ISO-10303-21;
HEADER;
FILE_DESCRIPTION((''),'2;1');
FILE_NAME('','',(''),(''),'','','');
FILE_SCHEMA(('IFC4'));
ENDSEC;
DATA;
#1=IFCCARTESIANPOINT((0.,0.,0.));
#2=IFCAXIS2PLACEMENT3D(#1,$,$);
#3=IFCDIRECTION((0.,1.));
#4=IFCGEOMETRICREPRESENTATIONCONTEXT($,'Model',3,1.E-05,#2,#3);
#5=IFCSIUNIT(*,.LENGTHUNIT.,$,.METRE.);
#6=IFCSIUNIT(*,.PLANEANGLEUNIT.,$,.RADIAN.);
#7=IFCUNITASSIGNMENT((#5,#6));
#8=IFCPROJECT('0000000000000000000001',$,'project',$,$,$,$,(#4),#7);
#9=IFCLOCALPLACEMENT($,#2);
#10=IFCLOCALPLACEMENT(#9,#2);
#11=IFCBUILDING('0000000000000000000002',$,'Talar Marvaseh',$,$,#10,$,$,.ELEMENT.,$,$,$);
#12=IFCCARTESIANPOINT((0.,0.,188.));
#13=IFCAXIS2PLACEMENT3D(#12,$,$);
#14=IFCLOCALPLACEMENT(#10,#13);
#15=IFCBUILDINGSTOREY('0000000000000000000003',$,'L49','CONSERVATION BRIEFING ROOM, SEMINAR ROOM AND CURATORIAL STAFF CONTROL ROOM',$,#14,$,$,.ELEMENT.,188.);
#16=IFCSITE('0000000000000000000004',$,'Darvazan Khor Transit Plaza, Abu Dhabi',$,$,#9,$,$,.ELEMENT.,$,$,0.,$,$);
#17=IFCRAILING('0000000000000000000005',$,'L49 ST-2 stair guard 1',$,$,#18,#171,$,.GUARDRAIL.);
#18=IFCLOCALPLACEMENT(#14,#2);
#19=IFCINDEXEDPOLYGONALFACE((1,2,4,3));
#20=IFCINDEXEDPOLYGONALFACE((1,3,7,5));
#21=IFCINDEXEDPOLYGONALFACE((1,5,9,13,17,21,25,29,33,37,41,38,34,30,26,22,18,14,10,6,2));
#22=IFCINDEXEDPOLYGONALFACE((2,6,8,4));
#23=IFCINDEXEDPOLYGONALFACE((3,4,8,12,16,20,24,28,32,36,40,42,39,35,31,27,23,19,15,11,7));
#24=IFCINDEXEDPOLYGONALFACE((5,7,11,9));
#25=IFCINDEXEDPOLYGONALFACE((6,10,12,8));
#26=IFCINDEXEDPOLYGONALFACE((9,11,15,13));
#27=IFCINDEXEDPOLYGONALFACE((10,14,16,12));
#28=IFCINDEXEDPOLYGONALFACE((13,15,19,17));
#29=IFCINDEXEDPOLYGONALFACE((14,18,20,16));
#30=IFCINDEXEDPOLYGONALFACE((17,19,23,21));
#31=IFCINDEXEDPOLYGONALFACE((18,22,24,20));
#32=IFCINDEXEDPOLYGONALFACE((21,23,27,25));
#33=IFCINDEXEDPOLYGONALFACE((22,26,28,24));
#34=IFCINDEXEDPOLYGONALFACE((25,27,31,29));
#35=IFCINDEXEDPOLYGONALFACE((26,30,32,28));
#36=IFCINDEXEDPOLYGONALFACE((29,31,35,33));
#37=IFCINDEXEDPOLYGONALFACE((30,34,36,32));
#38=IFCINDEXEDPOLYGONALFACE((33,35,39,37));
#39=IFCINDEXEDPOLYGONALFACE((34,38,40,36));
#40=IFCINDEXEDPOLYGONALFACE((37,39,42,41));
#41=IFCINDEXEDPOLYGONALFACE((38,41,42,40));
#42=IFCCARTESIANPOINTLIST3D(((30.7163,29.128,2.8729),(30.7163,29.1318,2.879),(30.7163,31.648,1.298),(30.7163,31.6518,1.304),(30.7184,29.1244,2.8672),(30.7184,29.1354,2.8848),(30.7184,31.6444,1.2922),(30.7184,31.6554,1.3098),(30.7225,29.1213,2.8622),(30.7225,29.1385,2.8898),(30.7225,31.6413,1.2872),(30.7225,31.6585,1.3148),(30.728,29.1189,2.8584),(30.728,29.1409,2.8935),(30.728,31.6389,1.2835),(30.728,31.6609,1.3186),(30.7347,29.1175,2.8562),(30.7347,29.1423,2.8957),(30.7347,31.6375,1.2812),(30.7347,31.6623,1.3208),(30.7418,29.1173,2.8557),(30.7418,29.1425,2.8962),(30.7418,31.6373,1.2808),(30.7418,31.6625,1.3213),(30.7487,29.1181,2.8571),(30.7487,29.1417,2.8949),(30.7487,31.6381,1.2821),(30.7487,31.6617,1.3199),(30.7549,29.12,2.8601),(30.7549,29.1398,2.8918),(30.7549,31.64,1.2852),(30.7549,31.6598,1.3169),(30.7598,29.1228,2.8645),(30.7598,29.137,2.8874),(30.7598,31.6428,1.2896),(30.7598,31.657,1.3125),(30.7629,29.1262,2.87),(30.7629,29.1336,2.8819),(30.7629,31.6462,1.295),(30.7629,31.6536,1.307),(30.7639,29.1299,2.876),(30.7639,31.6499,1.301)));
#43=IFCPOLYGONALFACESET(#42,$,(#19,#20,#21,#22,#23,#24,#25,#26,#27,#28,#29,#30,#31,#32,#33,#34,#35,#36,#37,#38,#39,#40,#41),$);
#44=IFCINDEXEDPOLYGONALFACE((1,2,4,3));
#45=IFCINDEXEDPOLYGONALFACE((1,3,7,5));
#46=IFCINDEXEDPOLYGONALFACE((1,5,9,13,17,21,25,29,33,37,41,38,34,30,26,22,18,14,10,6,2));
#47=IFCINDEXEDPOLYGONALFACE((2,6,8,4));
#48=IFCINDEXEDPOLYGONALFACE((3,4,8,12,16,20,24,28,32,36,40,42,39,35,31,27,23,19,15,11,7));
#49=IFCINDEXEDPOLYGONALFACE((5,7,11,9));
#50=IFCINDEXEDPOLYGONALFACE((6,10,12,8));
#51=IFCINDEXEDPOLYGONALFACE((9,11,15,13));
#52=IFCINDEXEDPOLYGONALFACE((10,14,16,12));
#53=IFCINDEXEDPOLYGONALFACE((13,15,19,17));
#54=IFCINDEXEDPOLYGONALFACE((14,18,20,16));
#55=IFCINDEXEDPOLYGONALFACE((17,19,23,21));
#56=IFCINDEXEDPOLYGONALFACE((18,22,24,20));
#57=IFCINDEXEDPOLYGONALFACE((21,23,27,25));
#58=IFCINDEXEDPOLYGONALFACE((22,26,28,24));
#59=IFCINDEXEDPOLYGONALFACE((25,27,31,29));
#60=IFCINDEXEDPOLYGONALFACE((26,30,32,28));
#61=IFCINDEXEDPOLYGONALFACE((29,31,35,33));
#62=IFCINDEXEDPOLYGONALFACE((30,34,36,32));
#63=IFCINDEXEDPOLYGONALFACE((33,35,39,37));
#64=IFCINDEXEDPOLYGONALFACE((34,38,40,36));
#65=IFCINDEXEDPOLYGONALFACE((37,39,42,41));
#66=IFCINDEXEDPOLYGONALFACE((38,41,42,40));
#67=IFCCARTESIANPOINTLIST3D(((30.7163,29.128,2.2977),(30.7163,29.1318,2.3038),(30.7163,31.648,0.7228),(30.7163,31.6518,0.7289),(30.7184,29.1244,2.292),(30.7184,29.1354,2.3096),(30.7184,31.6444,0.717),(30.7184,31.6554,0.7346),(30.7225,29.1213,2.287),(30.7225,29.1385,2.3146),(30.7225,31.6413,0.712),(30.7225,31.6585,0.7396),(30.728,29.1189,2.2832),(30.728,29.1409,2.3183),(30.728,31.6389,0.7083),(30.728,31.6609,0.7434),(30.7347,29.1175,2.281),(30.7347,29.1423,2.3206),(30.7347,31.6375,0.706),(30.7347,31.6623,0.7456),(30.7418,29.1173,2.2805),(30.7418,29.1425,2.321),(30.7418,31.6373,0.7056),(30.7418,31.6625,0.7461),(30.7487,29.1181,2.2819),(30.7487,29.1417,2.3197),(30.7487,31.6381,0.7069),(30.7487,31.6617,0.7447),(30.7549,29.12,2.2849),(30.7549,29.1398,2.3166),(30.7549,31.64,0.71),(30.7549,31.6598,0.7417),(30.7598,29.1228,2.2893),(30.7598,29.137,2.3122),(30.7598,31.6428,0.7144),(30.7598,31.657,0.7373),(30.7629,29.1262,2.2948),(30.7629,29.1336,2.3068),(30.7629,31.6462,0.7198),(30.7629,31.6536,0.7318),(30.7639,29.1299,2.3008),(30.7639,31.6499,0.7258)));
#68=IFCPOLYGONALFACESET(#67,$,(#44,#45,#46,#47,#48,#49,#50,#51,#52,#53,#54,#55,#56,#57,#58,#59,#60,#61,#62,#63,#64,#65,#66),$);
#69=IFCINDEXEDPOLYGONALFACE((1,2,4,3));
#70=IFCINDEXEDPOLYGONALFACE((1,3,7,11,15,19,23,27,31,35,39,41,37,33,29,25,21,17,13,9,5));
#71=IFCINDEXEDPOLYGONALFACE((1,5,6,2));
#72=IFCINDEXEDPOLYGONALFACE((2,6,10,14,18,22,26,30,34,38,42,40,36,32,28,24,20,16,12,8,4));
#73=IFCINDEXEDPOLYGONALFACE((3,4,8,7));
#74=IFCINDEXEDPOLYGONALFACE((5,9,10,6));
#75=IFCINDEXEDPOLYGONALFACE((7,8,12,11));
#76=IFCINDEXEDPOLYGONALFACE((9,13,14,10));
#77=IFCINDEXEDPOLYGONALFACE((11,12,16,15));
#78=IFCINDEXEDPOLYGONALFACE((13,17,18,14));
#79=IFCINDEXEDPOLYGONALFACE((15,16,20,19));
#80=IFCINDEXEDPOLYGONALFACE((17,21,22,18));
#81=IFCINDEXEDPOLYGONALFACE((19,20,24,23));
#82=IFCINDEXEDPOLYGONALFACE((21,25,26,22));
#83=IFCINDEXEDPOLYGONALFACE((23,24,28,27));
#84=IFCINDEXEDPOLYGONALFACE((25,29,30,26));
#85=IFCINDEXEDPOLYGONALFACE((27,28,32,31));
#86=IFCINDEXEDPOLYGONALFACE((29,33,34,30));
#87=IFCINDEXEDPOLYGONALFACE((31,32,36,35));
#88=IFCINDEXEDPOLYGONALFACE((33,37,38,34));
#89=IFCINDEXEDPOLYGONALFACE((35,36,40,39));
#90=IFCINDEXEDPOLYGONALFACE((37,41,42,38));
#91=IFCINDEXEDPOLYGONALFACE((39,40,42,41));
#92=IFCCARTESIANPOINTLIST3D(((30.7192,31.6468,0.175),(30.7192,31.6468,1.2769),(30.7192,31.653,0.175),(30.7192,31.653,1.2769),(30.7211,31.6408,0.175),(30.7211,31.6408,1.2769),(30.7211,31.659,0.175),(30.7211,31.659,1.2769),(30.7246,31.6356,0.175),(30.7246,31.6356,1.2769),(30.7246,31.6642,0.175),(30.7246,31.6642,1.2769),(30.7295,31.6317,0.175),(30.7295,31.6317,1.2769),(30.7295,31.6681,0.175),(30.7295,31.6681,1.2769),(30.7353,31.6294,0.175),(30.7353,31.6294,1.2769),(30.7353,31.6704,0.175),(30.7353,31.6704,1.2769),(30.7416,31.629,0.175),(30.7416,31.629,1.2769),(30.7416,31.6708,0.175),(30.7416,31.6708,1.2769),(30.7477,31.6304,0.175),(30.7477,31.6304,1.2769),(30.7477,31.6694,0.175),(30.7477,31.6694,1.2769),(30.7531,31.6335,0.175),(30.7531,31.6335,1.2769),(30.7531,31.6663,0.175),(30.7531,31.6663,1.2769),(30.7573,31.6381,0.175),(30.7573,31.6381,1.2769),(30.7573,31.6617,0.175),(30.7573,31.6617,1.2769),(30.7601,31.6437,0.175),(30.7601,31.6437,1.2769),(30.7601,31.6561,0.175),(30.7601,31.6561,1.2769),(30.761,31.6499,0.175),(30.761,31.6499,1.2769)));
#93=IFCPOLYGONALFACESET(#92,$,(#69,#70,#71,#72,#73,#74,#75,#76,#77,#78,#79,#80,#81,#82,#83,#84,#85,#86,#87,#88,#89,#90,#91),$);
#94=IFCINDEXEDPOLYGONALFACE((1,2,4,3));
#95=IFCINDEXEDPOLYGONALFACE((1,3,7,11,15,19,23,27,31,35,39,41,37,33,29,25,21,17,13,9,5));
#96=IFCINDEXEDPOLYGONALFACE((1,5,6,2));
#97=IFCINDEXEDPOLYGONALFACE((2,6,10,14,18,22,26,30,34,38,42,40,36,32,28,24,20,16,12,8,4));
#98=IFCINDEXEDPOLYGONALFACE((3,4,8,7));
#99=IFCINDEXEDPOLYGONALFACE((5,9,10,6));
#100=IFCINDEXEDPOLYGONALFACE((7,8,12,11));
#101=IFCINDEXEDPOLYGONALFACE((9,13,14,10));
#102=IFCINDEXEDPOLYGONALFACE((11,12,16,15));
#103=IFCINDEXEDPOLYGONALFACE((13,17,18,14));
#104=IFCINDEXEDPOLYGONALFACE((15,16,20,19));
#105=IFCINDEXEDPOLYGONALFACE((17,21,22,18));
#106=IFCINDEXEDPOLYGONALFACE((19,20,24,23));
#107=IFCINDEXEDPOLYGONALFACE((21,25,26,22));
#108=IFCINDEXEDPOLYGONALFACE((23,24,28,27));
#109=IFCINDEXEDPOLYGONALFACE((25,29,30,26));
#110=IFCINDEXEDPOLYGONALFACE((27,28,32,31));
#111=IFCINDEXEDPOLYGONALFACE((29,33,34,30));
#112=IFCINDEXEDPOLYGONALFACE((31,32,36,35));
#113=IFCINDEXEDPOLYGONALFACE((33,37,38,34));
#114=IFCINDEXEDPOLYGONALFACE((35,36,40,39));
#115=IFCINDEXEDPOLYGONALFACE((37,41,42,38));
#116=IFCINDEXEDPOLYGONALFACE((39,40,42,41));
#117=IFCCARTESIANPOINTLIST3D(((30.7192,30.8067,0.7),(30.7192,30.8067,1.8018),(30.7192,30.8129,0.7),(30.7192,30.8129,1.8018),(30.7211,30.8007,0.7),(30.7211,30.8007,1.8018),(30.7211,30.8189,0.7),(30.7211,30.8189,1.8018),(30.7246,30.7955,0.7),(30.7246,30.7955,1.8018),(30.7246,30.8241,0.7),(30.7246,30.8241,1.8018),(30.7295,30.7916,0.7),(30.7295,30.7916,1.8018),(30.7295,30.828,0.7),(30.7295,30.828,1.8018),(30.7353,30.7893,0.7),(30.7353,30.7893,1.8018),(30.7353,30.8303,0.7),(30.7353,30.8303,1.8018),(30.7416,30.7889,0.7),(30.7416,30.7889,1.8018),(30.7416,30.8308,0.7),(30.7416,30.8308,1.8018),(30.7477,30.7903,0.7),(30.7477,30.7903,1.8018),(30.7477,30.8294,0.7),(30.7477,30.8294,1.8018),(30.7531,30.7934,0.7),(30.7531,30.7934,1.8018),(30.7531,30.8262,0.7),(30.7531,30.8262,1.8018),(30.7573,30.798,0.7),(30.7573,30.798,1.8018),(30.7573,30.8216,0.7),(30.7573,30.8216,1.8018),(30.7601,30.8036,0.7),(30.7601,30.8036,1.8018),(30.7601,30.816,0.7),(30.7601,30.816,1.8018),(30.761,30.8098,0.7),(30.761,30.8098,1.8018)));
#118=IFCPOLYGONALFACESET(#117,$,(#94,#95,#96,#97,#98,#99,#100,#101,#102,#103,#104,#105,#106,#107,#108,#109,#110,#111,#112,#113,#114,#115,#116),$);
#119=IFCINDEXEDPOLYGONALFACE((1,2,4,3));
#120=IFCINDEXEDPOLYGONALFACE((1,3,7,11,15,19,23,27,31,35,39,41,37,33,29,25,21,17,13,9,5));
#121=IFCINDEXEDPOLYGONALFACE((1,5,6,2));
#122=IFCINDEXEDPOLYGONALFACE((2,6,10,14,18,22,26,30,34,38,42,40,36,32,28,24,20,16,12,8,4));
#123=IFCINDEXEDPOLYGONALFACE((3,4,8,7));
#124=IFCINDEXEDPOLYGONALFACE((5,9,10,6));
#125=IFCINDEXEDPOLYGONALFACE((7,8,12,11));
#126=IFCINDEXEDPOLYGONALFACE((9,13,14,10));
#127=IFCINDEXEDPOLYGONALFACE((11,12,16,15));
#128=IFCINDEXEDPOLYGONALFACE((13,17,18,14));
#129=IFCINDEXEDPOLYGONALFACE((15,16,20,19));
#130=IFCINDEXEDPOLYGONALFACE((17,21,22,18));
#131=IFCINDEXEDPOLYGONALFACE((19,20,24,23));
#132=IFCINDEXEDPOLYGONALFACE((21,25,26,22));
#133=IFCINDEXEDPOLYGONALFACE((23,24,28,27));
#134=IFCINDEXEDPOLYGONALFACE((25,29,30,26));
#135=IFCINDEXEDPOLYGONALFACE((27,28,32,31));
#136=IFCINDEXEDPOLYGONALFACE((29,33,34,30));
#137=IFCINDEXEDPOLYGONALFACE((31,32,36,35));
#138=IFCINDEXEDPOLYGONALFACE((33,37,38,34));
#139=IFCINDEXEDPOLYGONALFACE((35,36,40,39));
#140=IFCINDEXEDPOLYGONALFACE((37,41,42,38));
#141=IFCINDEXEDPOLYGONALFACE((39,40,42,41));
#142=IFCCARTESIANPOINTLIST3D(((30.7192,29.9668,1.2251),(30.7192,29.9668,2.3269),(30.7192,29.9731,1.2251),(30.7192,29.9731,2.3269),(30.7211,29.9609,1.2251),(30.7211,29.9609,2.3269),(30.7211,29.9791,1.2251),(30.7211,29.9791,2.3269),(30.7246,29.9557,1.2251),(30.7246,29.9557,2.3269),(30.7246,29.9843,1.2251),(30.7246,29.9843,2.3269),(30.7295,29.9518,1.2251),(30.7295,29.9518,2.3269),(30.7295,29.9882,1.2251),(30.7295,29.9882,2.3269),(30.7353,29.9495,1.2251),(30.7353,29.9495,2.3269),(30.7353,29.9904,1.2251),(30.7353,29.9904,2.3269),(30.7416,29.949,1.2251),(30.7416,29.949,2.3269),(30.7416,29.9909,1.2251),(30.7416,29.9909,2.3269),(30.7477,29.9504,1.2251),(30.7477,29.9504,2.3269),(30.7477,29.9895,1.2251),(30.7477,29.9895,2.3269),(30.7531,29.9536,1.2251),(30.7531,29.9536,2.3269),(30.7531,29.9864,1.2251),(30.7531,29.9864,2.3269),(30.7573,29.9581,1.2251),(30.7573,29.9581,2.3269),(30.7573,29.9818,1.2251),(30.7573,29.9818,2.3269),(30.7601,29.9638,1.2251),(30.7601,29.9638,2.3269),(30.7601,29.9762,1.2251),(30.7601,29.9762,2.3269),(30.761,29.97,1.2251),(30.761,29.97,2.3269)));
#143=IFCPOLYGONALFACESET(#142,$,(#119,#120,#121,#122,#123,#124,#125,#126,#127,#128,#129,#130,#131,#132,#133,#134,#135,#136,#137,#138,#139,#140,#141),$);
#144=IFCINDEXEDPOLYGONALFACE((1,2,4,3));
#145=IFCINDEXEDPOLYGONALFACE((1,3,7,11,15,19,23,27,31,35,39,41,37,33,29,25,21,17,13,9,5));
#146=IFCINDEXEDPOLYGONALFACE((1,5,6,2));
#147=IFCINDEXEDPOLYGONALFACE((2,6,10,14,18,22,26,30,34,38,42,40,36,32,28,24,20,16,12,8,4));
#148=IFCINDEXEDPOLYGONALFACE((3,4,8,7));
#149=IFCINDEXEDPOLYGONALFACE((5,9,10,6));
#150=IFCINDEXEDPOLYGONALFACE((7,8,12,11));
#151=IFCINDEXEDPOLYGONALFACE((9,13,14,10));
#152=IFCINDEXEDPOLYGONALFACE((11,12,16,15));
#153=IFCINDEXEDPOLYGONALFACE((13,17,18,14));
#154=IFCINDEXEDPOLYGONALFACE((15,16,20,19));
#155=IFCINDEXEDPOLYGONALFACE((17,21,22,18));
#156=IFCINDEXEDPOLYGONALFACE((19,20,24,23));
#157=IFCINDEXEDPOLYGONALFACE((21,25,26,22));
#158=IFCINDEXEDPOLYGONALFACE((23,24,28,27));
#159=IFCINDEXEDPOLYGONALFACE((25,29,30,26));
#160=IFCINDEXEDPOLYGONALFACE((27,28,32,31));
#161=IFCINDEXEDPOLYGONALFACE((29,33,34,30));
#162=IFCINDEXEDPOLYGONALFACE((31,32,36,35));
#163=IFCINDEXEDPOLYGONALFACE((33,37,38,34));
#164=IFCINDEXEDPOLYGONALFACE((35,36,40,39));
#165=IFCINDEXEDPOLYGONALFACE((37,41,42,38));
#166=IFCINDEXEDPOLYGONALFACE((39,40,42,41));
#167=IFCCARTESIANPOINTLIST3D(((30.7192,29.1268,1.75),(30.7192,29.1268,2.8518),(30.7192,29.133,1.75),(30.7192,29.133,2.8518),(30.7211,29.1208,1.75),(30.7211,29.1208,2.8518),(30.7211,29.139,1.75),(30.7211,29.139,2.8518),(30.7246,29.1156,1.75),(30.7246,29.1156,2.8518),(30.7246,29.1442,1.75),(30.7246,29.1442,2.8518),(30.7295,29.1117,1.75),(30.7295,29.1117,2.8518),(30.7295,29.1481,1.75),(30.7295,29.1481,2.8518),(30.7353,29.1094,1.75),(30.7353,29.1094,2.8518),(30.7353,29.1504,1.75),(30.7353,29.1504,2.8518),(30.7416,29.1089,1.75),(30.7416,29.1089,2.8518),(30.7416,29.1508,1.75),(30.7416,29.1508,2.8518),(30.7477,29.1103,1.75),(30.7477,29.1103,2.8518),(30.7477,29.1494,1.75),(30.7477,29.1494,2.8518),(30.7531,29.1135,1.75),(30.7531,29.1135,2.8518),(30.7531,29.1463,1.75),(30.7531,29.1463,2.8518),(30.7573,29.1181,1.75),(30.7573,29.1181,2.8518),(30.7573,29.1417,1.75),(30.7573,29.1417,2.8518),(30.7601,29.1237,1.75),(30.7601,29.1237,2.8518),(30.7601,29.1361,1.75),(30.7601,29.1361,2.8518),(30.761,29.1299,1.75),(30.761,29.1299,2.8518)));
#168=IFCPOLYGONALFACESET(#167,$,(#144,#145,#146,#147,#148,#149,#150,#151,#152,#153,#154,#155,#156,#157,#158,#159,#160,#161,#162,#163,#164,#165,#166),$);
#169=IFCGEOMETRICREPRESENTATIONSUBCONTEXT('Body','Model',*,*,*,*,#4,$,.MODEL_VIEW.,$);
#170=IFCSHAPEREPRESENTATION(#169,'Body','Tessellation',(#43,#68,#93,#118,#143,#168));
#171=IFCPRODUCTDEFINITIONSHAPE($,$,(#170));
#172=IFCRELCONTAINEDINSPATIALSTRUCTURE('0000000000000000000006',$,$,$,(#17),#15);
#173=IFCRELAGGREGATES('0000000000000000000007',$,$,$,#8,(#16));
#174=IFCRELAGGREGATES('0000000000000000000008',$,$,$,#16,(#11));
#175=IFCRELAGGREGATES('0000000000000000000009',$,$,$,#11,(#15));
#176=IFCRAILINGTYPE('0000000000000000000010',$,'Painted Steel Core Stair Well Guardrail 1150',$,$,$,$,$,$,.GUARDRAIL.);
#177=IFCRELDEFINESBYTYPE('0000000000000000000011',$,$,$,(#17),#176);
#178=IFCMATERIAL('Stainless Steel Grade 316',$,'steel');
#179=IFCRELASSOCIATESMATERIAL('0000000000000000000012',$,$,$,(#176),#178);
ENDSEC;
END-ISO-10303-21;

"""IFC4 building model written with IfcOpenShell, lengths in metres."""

from ifc_helpers import new_model, si_unit, direction, frame, origin, origin_2d, place, context, subcontext, project, spatial, circle, extrude, material, type_object, element, save


model = new_model("IFC4")

# Units and contexts
model_context = context("Model", 3, precision=1e-05, world=origin(), true_north=direction((0.0, 1.0)))
body_context = subcontext(model_context, "Body", "Model", "MODEL_VIEW")
ifc_project = project(units=[si_unit("LENGTHUNIT", "METRE"), si_unit("PLANEANGLEUNIT", "RADIAN")], contexts=[model_context])

# Site, building, storey
site_placement = place(None, origin())
site = spatial("IfcSite", under=ifc_project, at=site_placement, Name="Darvazan Khor Transit Plaza, Abu Dhabi", CompositionType="ELEMENT", RefElevation=0.0)
building_placement = place(site_placement, origin())
building = spatial("IfcBuilding", under=site, at=building_placement, Name="Talar Marvaseh", CompositionType="ELEMENT")
storey_placement = place(building_placement, frame((0.0, 0.0, 188.0)))
storey = spatial("IfcBuildingStorey", under=building, at=storey_placement, Name="L49", Description="CONSERVATION BRIEFING ROOM, SEMINAR ROOM AND CURATORIAL STAFF CONTROL ROOM", CompositionType="ELEMENT", Elevation=188.0)

# Shared definitions
ifc_material_1 = material(Name="Stainless Steel Grade 316", Category="steel")

# Railing
railing_type_1 = type_object("IfcRailingType", Name="Painted Steel Core Stair Well Guardrail 1150", PredefinedType="GUARDRAIL", material=ifc_material_1)
railing_1_placement = place(storey_placement, frame((30.74, 31.6499, 0.175)))
element("IfcRailing", 1, at=railing_1_placement, inside=storey, type_object=railing_type_1, Name="L49 ST-2 stair guard 1", PredefinedType="GUARDRAIL", context=body_context, shape_type="SweptSolid", body=[
    extrude(circle(Radius=0.0239, at=origin_2d()), frame((0.0, 0.0, 1.126), z_axis=(0.0, -0.848008, 0.529984), x_axis=(1.0, 0.0, 0.0)), (0.0, 0.0, 1.0), 2.9717),
    extrude(circle(Radius=0.0239, at=origin_2d()), frame((0.0, 0.0, 0.5508), z_axis=(0.0, -0.848008, 0.529984), x_axis=(1.0, 0.0, 0.0)), (0.0, 0.0, 1.0), 2.9717),
    extrude(circle(Radius=0.021, at=origin_2d()), origin(), (0.0, 0.0, 1.0), 1.1018),
    extrude(circle(Radius=0.021, at=origin_2d()), frame((0.0, -0.8401, 0.5249)), (0.0, 0.0, 1.0), 1.1018),
    extrude(circle(Radius=0.021, at=origin_2d()), frame((0.0, -1.6799, 1.05)), (0.0, 0.0, 1.0), 1.1018),
    extrude(circle(Radius=0.021, at=origin_2d()), frame((0.0, -2.52, 1.575)), (0.0, 0.0, 1.0), 1.1018),
])

save(model, "model.ifc")
